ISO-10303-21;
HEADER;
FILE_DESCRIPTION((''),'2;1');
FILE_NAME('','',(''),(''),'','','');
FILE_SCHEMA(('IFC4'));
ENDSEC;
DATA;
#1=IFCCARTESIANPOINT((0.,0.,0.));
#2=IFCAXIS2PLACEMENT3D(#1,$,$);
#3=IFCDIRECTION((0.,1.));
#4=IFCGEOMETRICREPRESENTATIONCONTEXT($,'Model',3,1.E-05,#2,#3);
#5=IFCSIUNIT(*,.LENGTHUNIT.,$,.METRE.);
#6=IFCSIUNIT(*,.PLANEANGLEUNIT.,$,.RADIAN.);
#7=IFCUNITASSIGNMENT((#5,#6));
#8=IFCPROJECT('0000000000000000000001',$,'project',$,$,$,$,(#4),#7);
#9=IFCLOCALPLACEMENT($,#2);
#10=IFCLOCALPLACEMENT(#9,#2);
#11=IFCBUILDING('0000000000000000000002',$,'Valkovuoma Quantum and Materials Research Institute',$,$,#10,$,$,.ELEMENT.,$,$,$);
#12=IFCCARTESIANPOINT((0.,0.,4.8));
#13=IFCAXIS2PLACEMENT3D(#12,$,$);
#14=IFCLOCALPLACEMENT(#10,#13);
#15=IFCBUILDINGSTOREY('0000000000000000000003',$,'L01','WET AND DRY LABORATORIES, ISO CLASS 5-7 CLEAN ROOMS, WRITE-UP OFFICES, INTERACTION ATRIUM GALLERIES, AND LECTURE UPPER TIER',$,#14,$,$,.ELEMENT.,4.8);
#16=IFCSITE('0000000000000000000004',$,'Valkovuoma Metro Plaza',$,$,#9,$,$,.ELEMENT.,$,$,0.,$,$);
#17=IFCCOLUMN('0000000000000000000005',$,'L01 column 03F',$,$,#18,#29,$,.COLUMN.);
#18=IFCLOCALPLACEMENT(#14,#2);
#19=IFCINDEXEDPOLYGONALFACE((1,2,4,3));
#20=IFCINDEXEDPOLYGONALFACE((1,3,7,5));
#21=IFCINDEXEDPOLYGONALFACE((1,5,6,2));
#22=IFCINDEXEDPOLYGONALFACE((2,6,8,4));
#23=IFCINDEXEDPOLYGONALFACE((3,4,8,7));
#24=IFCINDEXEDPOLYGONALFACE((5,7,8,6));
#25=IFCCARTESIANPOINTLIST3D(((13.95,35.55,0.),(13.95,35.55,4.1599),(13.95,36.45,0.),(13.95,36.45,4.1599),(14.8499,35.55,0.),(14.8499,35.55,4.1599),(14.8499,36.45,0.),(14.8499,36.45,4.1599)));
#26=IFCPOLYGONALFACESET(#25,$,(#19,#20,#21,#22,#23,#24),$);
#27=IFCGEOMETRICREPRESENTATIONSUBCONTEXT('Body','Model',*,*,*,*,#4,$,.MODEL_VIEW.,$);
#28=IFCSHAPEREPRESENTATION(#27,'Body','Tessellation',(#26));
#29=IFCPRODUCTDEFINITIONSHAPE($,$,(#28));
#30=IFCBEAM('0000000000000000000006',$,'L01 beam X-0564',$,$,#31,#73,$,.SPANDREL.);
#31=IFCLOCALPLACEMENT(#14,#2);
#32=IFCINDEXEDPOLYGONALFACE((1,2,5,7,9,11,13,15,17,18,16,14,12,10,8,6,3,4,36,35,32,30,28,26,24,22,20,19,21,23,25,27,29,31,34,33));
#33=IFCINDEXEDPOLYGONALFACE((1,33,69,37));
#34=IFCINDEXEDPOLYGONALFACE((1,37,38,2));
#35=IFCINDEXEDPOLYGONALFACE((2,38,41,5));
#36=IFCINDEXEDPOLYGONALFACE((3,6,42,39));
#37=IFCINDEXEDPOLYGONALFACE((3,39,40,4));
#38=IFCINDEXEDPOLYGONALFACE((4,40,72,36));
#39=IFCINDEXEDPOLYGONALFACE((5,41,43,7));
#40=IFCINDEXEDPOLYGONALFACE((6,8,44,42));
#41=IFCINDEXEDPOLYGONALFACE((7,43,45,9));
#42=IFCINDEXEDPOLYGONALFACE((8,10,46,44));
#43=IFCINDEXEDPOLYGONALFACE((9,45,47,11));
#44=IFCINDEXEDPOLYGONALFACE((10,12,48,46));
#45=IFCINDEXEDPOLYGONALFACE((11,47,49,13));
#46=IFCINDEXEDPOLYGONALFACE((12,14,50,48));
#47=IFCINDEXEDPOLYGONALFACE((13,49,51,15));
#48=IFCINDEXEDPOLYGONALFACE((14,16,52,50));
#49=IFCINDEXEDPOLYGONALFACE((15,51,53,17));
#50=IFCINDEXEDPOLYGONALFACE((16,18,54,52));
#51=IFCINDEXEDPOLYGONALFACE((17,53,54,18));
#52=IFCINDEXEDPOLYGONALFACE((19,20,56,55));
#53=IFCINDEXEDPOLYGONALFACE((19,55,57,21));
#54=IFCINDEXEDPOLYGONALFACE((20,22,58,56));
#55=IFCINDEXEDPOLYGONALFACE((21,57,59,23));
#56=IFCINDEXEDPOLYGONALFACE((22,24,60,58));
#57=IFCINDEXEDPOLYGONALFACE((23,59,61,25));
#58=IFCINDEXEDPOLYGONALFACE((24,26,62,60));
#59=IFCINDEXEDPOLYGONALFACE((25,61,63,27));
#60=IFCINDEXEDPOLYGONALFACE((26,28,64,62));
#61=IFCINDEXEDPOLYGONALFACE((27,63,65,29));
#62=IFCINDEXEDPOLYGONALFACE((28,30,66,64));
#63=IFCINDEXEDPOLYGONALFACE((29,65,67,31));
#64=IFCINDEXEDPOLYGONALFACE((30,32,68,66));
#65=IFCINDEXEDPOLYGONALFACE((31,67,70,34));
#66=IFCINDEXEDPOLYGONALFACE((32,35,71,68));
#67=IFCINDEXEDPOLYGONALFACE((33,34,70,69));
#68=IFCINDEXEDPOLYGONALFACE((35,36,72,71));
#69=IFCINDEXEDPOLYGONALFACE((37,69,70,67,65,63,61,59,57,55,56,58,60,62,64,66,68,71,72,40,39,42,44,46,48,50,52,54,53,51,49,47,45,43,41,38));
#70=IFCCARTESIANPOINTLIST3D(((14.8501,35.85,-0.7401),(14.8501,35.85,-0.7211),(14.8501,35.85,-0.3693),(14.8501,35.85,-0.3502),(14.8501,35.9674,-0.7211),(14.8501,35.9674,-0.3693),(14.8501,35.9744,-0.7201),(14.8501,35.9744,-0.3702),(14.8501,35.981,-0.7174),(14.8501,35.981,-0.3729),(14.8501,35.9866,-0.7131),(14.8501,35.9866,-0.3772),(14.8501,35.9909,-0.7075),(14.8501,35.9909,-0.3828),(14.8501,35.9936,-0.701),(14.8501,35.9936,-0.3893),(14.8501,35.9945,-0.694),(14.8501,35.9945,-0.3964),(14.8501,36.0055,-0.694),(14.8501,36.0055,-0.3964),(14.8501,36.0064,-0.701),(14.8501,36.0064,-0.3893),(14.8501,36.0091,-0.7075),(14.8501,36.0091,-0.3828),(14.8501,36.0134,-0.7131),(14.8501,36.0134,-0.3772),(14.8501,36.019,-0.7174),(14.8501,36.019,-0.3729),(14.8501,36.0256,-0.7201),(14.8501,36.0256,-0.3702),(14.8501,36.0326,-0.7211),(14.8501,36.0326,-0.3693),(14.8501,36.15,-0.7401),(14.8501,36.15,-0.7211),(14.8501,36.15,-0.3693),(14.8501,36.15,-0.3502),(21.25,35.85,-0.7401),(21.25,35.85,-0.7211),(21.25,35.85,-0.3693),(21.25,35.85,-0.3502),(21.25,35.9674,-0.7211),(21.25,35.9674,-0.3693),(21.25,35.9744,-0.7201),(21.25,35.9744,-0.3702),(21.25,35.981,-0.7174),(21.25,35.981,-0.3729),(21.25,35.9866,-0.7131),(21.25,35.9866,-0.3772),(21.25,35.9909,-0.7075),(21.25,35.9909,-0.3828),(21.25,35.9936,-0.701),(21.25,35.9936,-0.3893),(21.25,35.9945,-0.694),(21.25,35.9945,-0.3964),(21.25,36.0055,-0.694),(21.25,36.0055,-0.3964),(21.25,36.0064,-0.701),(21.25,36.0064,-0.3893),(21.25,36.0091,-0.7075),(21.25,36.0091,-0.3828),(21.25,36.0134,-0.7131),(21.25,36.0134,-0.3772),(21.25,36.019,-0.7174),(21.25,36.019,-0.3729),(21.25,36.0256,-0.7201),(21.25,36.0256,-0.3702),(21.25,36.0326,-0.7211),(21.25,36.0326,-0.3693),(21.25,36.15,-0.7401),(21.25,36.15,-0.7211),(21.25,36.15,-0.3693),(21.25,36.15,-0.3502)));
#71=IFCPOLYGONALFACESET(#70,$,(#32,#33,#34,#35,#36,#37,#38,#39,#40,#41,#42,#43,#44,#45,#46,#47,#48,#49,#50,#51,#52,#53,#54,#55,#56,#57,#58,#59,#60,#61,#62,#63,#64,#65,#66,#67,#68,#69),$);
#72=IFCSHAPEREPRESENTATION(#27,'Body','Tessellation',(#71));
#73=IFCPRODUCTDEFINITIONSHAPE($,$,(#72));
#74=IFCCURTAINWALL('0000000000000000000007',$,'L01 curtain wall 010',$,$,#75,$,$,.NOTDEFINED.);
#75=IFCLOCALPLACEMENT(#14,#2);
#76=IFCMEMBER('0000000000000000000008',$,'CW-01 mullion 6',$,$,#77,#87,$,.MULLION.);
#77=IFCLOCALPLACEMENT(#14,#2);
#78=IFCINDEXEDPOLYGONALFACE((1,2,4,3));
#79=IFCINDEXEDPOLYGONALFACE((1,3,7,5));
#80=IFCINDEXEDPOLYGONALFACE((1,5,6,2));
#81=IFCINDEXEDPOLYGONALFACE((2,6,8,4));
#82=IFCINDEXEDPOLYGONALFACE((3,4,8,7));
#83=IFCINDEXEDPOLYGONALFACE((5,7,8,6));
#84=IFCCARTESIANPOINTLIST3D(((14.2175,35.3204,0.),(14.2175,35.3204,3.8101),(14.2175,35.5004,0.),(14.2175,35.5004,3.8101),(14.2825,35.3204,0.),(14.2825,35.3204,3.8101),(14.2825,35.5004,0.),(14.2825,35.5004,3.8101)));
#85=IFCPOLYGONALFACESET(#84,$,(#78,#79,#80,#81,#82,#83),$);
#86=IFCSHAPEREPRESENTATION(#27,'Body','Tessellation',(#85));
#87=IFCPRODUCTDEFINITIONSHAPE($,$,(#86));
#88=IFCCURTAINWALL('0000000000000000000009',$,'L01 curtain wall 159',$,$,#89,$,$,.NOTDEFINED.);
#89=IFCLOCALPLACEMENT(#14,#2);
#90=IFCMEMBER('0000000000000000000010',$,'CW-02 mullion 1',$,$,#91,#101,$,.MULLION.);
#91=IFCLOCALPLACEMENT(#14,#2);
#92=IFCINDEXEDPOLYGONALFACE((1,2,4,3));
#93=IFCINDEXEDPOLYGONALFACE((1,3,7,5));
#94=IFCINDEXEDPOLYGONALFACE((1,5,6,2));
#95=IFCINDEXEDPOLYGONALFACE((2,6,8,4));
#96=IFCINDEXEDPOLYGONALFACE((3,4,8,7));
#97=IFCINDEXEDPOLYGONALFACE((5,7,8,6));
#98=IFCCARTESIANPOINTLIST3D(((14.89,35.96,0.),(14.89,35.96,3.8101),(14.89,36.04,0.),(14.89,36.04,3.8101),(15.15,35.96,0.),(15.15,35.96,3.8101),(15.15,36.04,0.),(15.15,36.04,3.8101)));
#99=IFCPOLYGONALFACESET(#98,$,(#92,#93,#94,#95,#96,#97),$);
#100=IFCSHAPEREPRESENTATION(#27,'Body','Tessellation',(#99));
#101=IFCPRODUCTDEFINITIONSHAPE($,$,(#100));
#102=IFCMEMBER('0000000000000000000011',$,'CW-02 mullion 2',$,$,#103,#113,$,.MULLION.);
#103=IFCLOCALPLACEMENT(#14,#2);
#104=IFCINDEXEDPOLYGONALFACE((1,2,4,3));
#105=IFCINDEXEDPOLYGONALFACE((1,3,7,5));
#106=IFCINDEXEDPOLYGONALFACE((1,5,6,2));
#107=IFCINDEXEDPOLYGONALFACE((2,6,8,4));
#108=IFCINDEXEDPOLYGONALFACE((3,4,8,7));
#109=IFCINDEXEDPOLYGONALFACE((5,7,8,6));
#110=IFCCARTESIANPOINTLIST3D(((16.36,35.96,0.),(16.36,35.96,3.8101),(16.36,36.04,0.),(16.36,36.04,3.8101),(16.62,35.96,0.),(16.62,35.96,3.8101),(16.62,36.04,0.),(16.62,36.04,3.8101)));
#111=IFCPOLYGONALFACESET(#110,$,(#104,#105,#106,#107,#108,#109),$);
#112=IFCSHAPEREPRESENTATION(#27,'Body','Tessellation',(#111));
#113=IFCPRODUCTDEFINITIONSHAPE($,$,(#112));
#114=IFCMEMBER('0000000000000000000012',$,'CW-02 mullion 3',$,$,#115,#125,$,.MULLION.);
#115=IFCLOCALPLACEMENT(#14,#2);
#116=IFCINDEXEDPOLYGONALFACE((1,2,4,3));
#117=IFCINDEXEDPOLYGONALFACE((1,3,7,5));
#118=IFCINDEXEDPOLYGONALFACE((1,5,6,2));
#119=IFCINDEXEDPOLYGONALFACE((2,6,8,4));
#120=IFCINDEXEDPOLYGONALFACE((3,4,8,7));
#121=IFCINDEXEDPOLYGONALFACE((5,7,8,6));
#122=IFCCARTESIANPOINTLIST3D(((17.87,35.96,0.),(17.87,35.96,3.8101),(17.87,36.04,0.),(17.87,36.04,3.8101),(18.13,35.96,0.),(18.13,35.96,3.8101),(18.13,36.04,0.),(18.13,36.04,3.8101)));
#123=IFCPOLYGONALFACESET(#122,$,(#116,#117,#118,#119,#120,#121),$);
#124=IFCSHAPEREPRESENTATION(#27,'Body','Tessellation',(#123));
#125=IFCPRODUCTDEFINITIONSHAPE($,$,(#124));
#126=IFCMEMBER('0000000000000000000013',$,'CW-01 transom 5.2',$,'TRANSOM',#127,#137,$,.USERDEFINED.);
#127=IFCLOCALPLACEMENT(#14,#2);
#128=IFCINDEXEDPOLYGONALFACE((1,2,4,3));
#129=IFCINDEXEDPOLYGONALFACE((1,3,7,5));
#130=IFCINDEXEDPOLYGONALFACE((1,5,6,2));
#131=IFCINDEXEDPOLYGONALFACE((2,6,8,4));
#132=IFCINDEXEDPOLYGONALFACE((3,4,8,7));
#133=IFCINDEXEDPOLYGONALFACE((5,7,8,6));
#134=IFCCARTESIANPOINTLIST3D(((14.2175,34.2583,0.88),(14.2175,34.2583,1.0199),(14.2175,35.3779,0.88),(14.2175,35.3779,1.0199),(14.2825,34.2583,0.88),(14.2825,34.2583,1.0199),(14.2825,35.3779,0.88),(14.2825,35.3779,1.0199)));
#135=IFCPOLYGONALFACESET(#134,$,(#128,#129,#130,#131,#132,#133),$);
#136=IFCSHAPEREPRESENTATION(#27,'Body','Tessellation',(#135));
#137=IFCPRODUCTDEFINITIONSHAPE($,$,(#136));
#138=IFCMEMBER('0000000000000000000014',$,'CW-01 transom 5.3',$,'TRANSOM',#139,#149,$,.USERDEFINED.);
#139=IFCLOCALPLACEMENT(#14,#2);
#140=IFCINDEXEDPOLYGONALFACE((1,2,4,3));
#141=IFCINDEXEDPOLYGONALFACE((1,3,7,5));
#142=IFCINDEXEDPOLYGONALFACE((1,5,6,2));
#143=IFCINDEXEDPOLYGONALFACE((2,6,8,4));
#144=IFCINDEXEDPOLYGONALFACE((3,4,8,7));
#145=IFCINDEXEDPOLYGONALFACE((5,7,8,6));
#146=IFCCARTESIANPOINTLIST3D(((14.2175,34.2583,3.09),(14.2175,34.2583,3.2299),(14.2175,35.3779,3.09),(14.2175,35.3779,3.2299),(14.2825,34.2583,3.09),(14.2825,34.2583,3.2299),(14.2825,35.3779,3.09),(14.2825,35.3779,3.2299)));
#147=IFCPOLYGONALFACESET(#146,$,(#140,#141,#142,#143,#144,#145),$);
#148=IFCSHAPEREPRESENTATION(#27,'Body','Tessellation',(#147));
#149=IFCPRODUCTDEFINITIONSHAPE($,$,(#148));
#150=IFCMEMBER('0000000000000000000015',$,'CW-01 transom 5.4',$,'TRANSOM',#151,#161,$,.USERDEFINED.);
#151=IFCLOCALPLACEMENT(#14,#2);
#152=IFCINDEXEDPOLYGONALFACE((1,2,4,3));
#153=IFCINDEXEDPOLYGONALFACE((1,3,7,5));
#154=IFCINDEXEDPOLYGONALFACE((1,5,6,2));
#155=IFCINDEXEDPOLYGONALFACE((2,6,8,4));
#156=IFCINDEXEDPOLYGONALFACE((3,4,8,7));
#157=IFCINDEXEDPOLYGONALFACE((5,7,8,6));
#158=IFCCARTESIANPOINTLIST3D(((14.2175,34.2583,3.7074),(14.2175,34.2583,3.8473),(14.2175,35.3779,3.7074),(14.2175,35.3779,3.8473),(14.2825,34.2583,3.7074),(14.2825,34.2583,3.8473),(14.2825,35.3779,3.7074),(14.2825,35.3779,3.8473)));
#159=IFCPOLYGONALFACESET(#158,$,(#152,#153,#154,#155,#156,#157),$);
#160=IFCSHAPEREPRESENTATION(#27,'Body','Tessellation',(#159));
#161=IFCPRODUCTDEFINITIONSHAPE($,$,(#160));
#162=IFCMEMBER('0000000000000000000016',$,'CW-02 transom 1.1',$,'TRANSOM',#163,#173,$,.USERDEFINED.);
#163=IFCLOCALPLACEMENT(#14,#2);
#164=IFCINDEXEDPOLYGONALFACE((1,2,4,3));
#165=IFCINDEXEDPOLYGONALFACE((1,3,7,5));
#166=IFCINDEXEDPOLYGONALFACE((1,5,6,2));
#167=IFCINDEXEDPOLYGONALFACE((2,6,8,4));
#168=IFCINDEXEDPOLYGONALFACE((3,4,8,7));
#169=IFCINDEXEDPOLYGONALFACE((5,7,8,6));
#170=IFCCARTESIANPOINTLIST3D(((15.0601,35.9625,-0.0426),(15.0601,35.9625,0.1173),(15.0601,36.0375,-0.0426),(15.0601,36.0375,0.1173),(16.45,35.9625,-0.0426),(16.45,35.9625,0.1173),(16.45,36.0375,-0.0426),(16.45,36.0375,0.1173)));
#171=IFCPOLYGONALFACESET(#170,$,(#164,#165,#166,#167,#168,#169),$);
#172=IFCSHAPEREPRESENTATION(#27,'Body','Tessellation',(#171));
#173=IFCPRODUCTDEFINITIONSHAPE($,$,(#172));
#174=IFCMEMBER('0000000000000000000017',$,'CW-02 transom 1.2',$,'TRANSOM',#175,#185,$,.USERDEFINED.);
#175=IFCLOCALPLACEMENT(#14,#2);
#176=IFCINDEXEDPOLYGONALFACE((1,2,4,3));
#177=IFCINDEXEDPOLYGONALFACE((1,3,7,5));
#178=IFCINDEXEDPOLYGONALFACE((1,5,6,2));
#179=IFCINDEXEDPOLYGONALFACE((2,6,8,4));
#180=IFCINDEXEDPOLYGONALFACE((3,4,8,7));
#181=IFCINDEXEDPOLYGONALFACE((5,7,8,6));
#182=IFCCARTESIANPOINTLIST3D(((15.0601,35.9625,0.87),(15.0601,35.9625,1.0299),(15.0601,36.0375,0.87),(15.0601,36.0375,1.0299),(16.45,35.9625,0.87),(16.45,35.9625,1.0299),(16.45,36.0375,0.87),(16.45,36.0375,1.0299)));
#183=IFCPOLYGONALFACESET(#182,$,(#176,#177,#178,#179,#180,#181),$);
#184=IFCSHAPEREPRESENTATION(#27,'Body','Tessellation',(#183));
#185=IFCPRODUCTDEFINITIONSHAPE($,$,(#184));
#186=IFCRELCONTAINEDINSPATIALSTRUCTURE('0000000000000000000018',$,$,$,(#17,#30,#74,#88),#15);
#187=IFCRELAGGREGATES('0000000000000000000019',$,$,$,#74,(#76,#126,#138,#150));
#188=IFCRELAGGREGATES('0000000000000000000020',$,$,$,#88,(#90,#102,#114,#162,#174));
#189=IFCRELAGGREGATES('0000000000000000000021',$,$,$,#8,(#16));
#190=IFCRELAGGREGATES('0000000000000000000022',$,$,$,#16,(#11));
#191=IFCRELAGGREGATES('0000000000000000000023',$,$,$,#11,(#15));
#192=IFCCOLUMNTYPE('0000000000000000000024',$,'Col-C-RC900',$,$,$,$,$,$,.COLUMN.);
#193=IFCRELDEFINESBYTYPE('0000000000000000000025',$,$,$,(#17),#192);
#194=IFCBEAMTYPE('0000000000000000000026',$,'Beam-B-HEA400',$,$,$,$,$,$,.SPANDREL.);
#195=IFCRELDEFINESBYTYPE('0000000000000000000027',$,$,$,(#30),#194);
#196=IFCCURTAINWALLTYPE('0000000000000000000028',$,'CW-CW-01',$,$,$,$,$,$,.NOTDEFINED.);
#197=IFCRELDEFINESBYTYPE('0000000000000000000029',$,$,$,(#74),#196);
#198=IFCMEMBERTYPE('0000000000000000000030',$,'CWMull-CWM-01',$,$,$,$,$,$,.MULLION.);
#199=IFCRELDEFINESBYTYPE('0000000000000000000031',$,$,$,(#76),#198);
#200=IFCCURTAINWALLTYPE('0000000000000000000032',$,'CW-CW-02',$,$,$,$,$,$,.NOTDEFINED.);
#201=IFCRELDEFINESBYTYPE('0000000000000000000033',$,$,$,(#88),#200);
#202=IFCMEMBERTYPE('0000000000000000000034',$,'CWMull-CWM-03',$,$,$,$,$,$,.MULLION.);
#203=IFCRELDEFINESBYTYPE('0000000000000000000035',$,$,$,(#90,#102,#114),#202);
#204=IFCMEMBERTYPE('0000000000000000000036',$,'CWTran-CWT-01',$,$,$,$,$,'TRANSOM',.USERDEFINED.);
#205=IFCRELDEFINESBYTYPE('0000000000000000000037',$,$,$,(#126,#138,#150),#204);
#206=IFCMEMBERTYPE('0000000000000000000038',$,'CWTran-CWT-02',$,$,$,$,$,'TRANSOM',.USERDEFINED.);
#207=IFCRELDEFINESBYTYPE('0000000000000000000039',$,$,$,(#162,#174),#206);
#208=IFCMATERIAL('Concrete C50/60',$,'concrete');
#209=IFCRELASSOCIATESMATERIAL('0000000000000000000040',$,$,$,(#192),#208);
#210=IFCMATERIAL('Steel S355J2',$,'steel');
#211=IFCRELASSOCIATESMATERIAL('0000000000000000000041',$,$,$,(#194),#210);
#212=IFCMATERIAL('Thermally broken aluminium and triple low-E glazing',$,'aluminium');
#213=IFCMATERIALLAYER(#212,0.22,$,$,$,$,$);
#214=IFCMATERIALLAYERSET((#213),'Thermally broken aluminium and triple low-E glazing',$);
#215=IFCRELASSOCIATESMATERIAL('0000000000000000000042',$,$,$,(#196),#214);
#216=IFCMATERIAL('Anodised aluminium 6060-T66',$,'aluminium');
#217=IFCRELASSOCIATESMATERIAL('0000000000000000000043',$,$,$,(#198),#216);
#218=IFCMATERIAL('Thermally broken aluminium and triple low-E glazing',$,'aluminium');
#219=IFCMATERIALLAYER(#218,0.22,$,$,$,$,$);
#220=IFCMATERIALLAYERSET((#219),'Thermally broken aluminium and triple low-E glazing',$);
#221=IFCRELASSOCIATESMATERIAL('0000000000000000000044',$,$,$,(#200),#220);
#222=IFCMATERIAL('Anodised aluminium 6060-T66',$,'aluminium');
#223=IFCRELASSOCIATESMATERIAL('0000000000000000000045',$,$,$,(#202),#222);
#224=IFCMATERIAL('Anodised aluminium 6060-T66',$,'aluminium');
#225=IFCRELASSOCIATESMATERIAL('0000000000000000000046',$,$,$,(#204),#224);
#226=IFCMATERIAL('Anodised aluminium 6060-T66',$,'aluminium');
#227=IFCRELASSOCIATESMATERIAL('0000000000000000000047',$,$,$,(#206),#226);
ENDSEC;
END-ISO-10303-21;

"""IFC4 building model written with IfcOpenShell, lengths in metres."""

from ifc_helpers import new_model, si_unit, direction, frame, origin, origin_2d, place, context, subcontext, project, spatial, rectangle, i_section, extrude, material, layer, layer_set, material_profile, profile_set, type_object, element, aggregate, save


model = new_model("IFC4")

# Units and contexts
model_context = context("Model", 3, precision=1e-05, world=origin(), true_north=direction((0.0, 1.0)))
body_context = subcontext(model_context, "Body", "Model", "MODEL_VIEW")
ifc_project = project(units=[si_unit("LENGTHUNIT", "METRE"), si_unit("PLANEANGLEUNIT", "RADIAN")], contexts=[model_context])

# Site, building, storey
site_placement = place(None, origin())
site = spatial("IfcSite", under=ifc_project, at=site_placement, Name="Valkovuoma Metro Plaza", CompositionType="ELEMENT", RefElevation=0.0)
building_placement = place(site_placement, origin())
building = spatial("IfcBuilding", under=site, at=building_placement, Name="Valkovuoma Quantum and Materials Research Institute", CompositionType="ELEMENT")
storey_placement = place(building_placement, frame((0.0, 0.0, 4.8)))
storey = spatial("IfcBuildingStorey", under=building, at=storey_placement, Name="L01", Description="WET AND DRY LABORATORIES, ISO CLASS 5-7 CLEAN ROOMS, WRITE-UP OFFICES, INTERACTION ATRIUM GALLERIES, AND LECTURE UPPER TIER", CompositionType="ELEMENT", Elevation=4.8)

# Column
ifc_material_1 = material(Name="Concrete C50/60", Category="concrete")
ifc_material_profile_1 = material_profile(ifc_material_1, rectangle(XDim=0.8999, YDim=0.8999, at=origin_2d()), Name="Concrete C50/60")
ifc_profile_set_1 = profile_set([ifc_material_profile_1], Name="Concrete C50/60")
column_type = type_object("IfcColumnType", Name="Col-C-RC900", PredefinedType="COLUMN", material=ifc_profile_set_1)
column_placement = place(storey_placement, frame((14.3999, 36.0, 0.0), z_axis=(0.0, 0.0, 1.0), x_axis=(1.0, 0.0, 0.0)))
element("IfcColumn", 1, at=column_placement, inside=storey, type_object=column_type, Name="L01 column 03F", PredefinedType="COLUMN", context=body_context, shape_type="SweptSolid", body=[
    extrude(rectangle(XDim=0.8999, YDim=0.8999, at=origin_2d()), origin(), (0.0, 0.0, 1.0), 4.1599),
])

# Beam
ifc_material_2 = material(Name="Steel S355J2", Category="steel")
ifc_material_profile_2 = material_profile(ifc_material_2, i_section(OverallWidth=0.3, OverallDepth=0.3899, WebThickness=0.011, FlangeThickness=0.019, FilletRadius=0.0271, at=origin_2d()), Name="Steel S355J2")
ifc_profile_set_2 = profile_set([ifc_material_profile_2], Name="Steel S355J2")
beam_type = type_object("IfcBeamType", Name="Beam-B-HEA400", PredefinedType="SPANDREL", material=ifc_profile_set_2)
beam_placement = place(storey_placement, frame((14.8501, 36.0, -0.5452), z_axis=(1.0, 0.0, 0.0), x_axis=(0.0, 1.0, 0.0)))
element("IfcBeam", 2, at=beam_placement, inside=storey, type_object=beam_type, Name="L01 beam X-0564", PredefinedType="SPANDREL", context=body_context, shape_type="SweptSolid", body=[
    extrude(i_section(OverallWidth=0.3, OverallDepth=0.3899, WebThickness=0.011, FlangeThickness=0.019, FilletRadius=0.0271, at=origin_2d()), origin(), (0.0, 0.0, 1.0), 6.3999),
])

# Curtain wall, member
ifc_material_3 = material(Name="Thermally broken aluminium and triple low-E glazing", Category="aluminium")
ifc_layer_1 = layer(ifc_material_3, 0.22)
ifc_layer_set_1 = layer_set([ifc_layer_1], Name="Thermally broken aluminium and triple low-E glazing")
curtain_wall_type_1 = type_object("IfcCurtainWallType", Name="CW-CW-01", PredefinedType="NOTDEFINED", material=ifc_layer_set_1)
curtain_wall_1_placement = place(storey_placement, origin())
curtain_wall_1 = element("IfcCurtainWall", 3, at=curtain_wall_1_placement, inside=storey, type_object=curtain_wall_type_1, Name="L01 curtain wall 010", PredefinedType="NOTDEFINED")
ifc_material_4 = material(Name="Anodised aluminium 6060-T66", Category="aluminium")
ifc_material_profile_3 = material_profile(ifc_material_4, rectangle(XDim=0.0649, YDim=0.1799, at=origin_2d()), Name="Anodised aluminium 6060-T66")
ifc_profile_set_3 = profile_set([ifc_material_profile_3], Name="Anodised aluminium 6060-T66")
member_type_1 = type_object("IfcMemberType", Name="CWMull-CWM-01", PredefinedType="MULLION", material=ifc_profile_set_3)
member_1_placement = place(storey_placement, frame((14.25, 35.4104, 0.0), z_axis=(0.0, 0.0, 1.0), x_axis=(-1.0, 0.0, 0.0)))
member_1 = element("IfcMember", 4, at=member_1_placement, type_object=member_type_1, Name="CW-01 mullion 6", PredefinedType="MULLION", context=body_context, shape_type="SweptSolid", body=[
    extrude(rectangle(XDim=0.0649, YDim=0.1799, at=origin_2d()), origin(), (0.0, 0.0, 1.0), 3.8101),
])

# Curtain wall, members
ifc_material_5 = material(Name="Thermally broken aluminium and triple low-E glazing", Category="aluminium")
ifc_layer_2 = layer(ifc_material_5, 0.22)
ifc_layer_set_2 = layer_set([ifc_layer_2], Name="Thermally broken aluminium and triple low-E glazing")
curtain_wall_type_2 = type_object("IfcCurtainWallType", Name="CW-CW-02", PredefinedType="NOTDEFINED", material=ifc_layer_set_2)
curtain_wall_2_placement = place(storey_placement, origin())
curtain_wall_2 = element("IfcCurtainWall", 5, at=curtain_wall_2_placement, inside=storey, type_object=curtain_wall_type_2, Name="L01 curtain wall 159", PredefinedType="NOTDEFINED")
ifc_material_6 = material(Name="Anodised aluminium 6060-T66", Category="aluminium")
ifc_material_profile_4 = material_profile(ifc_material_6, rectangle(XDim=0.0801, YDim=0.26, at=origin_2d()), Name="Anodised aluminium 6060-T66")
ifc_profile_set_4 = profile_set([ifc_material_profile_4], Name="Anodised aluminium 6060-T66")
member_type_2 = type_object("IfcMemberType", Name="CWMull-CWM-03", PredefinedType="MULLION", material=ifc_profile_set_4)
member_2_placement = place(storey_placement, frame((15.02, 36.0, 0.0), z_axis=(0.0, 0.0, 1.0), x_axis=(0.0, 1.0, 0.0)))
member_2 = element("IfcMember", 6, at=member_2_placement, type_object=member_type_2, Name="CW-02 mullion 1", PredefinedType="MULLION", context=body_context, shape_type="SweptSolid", body=[
    extrude(rectangle(XDim=0.0801, YDim=0.26, at=origin_2d()), origin(), (0.0, 0.0, 1.0), 3.8101),
])
member_3_placement = place(storey_placement, frame((16.49, 36.0, 0.0), z_axis=(0.0, 0.0, 1.0), x_axis=(0.0, 1.0, 0.0)))
member_3 = element("IfcMember", 7, at=member_3_placement, type_object=member_type_2, Name="CW-02 mullion 2", PredefinedType="MULLION", context=body_context, shape_type="SweptSolid", body=[
    extrude(rectangle(XDim=0.0801, YDim=0.26, at=origin_2d()), origin(), (0.0, 0.0, 1.0), 3.8101),
])
member_4_placement = place(storey_placement, frame((18.0, 36.0, 0.0), z_axis=(0.0, 0.0, 1.0), x_axis=(0.0, 1.0, 0.0)))
member_4 = element("IfcMember", 8, at=member_4_placement, type_object=member_type_2, Name="CW-02 mullion 3", PredefinedType="MULLION", context=body_context, shape_type="SweptSolid", body=[
    extrude(rectangle(XDim=0.0801, YDim=0.26, at=origin_2d()), origin(), (0.0, 0.0, 1.0), 3.8101),
])

# Members
ifc_material_7 = material(Name="Anodised aluminium 6060-T66", Category="aluminium")
ifc_material_profile_5 = material_profile(ifc_material_7, rectangle(XDim=0.0649, YDim=0.1399, at=origin_2d()), Name="Anodised aluminium 6060-T66")
ifc_profile_set_5 = profile_set([ifc_material_profile_5], Name="Anodised aluminium 6060-T66")
member_type_3 = type_object("IfcMemberType", Name="CWTran-CWT-01", ElementType="TRANSOM", PredefinedType="USERDEFINED", material=ifc_profile_set_5)
member_5_placement = place(storey_placement, frame((14.25, 34.2583, 0.95), z_axis=(0.0, 1.0, 0.0), x_axis=(-1.0, 0.0, 0.0)))
member_5 = element("IfcMember", 9, at=member_5_placement, type_object=member_type_3, Name="CW-01 transom 5.2", ObjectType="TRANSOM", PredefinedType="USERDEFINED", context=body_context, shape_type="SweptSolid", body=[
    extrude(rectangle(XDim=0.0649, YDim=0.1399, at=origin_2d()), origin(), (0.0, 0.0, 1.0), 1.1196),
])
member_6_placement = place(storey_placement, frame((14.25, 34.2583, 3.1599), z_axis=(0.0, 1.0, 0.0), x_axis=(-1.0, 0.0, 0.0)))
member_6 = element("IfcMember", 10, at=member_6_placement, type_object=member_type_3, Name="CW-01 transom 5.3", ObjectType="TRANSOM", PredefinedType="USERDEFINED", context=body_context, shape_type="SweptSolid", body=[
    extrude(rectangle(XDim=0.0649, YDim=0.1399, at=origin_2d()), origin(), (0.0, 0.0, 1.0), 1.1196),
])
member_7_placement = place(storey_placement, frame((14.25, 34.2583, 3.7773), z_axis=(0.0, 1.0, 0.0), x_axis=(-1.0, 0.0, 0.0)))
member_7 = element("IfcMember", 11, at=member_7_placement, type_object=member_type_3, Name="CW-01 transom 5.4", ObjectType="TRANSOM", PredefinedType="USERDEFINED", context=body_context, shape_type="SweptSolid", body=[
    extrude(rectangle(XDim=0.0649, YDim=0.1399, at=origin_2d()), origin(), (0.0, 0.0, 1.0), 1.1196),
])
ifc_material_8 = material(Name="Anodised aluminium 6060-T66", Category="aluminium")
ifc_material_profile_6 = material_profile(ifc_material_8, rectangle(XDim=0.075, YDim=0.1599, at=origin_2d()), Name="Anodised aluminium 6060-T66")
ifc_profile_set_6 = profile_set([ifc_material_profile_6], Name="Anodised aluminium 6060-T66")
member_type_4 = type_object("IfcMemberType", Name="CWTran-CWT-02", ElementType="TRANSOM", PredefinedType="USERDEFINED", material=ifc_profile_set_6)
member_8_placement = place(storey_placement, frame((15.0601, 36.0, 0.0374), z_axis=(1.0, 0.0, 0.0), x_axis=(0.0, 1.0, 0.0)))
member_8 = element("IfcMember", 12, at=member_8_placement, type_object=member_type_4, Name="CW-02 transom 1.1", ObjectType="TRANSOM", PredefinedType="USERDEFINED", context=body_context, shape_type="SweptSolid", body=[
    extrude(rectangle(XDim=0.075, YDim=0.1599, at=origin_2d()), origin(), (0.0, 0.0, 1.0), 1.3899),
])
member_9_placement = place(storey_placement, frame((15.0601, 36.0, 0.95), z_axis=(1.0, 0.0, 0.0), x_axis=(0.0, 1.0, 0.0)))
member_9 = element("IfcMember", 13, at=member_9_placement, type_object=member_type_4, Name="CW-02 transom 1.2", ObjectType="TRANSOM", PredefinedType="USERDEFINED", context=body_context, shape_type="SweptSolid", body=[
    extrude(rectangle(XDim=0.075, YDim=0.1599, at=origin_2d()), origin(), (0.0, 0.0, 1.0), 1.3899),
])

aggregate(curtain_wall_1, [member_1, member_5, member_6, member_7])
aggregate(curtain_wall_2, [member_2, member_3, member_4, member_8, member_9])

save(model, "model.ifc")
